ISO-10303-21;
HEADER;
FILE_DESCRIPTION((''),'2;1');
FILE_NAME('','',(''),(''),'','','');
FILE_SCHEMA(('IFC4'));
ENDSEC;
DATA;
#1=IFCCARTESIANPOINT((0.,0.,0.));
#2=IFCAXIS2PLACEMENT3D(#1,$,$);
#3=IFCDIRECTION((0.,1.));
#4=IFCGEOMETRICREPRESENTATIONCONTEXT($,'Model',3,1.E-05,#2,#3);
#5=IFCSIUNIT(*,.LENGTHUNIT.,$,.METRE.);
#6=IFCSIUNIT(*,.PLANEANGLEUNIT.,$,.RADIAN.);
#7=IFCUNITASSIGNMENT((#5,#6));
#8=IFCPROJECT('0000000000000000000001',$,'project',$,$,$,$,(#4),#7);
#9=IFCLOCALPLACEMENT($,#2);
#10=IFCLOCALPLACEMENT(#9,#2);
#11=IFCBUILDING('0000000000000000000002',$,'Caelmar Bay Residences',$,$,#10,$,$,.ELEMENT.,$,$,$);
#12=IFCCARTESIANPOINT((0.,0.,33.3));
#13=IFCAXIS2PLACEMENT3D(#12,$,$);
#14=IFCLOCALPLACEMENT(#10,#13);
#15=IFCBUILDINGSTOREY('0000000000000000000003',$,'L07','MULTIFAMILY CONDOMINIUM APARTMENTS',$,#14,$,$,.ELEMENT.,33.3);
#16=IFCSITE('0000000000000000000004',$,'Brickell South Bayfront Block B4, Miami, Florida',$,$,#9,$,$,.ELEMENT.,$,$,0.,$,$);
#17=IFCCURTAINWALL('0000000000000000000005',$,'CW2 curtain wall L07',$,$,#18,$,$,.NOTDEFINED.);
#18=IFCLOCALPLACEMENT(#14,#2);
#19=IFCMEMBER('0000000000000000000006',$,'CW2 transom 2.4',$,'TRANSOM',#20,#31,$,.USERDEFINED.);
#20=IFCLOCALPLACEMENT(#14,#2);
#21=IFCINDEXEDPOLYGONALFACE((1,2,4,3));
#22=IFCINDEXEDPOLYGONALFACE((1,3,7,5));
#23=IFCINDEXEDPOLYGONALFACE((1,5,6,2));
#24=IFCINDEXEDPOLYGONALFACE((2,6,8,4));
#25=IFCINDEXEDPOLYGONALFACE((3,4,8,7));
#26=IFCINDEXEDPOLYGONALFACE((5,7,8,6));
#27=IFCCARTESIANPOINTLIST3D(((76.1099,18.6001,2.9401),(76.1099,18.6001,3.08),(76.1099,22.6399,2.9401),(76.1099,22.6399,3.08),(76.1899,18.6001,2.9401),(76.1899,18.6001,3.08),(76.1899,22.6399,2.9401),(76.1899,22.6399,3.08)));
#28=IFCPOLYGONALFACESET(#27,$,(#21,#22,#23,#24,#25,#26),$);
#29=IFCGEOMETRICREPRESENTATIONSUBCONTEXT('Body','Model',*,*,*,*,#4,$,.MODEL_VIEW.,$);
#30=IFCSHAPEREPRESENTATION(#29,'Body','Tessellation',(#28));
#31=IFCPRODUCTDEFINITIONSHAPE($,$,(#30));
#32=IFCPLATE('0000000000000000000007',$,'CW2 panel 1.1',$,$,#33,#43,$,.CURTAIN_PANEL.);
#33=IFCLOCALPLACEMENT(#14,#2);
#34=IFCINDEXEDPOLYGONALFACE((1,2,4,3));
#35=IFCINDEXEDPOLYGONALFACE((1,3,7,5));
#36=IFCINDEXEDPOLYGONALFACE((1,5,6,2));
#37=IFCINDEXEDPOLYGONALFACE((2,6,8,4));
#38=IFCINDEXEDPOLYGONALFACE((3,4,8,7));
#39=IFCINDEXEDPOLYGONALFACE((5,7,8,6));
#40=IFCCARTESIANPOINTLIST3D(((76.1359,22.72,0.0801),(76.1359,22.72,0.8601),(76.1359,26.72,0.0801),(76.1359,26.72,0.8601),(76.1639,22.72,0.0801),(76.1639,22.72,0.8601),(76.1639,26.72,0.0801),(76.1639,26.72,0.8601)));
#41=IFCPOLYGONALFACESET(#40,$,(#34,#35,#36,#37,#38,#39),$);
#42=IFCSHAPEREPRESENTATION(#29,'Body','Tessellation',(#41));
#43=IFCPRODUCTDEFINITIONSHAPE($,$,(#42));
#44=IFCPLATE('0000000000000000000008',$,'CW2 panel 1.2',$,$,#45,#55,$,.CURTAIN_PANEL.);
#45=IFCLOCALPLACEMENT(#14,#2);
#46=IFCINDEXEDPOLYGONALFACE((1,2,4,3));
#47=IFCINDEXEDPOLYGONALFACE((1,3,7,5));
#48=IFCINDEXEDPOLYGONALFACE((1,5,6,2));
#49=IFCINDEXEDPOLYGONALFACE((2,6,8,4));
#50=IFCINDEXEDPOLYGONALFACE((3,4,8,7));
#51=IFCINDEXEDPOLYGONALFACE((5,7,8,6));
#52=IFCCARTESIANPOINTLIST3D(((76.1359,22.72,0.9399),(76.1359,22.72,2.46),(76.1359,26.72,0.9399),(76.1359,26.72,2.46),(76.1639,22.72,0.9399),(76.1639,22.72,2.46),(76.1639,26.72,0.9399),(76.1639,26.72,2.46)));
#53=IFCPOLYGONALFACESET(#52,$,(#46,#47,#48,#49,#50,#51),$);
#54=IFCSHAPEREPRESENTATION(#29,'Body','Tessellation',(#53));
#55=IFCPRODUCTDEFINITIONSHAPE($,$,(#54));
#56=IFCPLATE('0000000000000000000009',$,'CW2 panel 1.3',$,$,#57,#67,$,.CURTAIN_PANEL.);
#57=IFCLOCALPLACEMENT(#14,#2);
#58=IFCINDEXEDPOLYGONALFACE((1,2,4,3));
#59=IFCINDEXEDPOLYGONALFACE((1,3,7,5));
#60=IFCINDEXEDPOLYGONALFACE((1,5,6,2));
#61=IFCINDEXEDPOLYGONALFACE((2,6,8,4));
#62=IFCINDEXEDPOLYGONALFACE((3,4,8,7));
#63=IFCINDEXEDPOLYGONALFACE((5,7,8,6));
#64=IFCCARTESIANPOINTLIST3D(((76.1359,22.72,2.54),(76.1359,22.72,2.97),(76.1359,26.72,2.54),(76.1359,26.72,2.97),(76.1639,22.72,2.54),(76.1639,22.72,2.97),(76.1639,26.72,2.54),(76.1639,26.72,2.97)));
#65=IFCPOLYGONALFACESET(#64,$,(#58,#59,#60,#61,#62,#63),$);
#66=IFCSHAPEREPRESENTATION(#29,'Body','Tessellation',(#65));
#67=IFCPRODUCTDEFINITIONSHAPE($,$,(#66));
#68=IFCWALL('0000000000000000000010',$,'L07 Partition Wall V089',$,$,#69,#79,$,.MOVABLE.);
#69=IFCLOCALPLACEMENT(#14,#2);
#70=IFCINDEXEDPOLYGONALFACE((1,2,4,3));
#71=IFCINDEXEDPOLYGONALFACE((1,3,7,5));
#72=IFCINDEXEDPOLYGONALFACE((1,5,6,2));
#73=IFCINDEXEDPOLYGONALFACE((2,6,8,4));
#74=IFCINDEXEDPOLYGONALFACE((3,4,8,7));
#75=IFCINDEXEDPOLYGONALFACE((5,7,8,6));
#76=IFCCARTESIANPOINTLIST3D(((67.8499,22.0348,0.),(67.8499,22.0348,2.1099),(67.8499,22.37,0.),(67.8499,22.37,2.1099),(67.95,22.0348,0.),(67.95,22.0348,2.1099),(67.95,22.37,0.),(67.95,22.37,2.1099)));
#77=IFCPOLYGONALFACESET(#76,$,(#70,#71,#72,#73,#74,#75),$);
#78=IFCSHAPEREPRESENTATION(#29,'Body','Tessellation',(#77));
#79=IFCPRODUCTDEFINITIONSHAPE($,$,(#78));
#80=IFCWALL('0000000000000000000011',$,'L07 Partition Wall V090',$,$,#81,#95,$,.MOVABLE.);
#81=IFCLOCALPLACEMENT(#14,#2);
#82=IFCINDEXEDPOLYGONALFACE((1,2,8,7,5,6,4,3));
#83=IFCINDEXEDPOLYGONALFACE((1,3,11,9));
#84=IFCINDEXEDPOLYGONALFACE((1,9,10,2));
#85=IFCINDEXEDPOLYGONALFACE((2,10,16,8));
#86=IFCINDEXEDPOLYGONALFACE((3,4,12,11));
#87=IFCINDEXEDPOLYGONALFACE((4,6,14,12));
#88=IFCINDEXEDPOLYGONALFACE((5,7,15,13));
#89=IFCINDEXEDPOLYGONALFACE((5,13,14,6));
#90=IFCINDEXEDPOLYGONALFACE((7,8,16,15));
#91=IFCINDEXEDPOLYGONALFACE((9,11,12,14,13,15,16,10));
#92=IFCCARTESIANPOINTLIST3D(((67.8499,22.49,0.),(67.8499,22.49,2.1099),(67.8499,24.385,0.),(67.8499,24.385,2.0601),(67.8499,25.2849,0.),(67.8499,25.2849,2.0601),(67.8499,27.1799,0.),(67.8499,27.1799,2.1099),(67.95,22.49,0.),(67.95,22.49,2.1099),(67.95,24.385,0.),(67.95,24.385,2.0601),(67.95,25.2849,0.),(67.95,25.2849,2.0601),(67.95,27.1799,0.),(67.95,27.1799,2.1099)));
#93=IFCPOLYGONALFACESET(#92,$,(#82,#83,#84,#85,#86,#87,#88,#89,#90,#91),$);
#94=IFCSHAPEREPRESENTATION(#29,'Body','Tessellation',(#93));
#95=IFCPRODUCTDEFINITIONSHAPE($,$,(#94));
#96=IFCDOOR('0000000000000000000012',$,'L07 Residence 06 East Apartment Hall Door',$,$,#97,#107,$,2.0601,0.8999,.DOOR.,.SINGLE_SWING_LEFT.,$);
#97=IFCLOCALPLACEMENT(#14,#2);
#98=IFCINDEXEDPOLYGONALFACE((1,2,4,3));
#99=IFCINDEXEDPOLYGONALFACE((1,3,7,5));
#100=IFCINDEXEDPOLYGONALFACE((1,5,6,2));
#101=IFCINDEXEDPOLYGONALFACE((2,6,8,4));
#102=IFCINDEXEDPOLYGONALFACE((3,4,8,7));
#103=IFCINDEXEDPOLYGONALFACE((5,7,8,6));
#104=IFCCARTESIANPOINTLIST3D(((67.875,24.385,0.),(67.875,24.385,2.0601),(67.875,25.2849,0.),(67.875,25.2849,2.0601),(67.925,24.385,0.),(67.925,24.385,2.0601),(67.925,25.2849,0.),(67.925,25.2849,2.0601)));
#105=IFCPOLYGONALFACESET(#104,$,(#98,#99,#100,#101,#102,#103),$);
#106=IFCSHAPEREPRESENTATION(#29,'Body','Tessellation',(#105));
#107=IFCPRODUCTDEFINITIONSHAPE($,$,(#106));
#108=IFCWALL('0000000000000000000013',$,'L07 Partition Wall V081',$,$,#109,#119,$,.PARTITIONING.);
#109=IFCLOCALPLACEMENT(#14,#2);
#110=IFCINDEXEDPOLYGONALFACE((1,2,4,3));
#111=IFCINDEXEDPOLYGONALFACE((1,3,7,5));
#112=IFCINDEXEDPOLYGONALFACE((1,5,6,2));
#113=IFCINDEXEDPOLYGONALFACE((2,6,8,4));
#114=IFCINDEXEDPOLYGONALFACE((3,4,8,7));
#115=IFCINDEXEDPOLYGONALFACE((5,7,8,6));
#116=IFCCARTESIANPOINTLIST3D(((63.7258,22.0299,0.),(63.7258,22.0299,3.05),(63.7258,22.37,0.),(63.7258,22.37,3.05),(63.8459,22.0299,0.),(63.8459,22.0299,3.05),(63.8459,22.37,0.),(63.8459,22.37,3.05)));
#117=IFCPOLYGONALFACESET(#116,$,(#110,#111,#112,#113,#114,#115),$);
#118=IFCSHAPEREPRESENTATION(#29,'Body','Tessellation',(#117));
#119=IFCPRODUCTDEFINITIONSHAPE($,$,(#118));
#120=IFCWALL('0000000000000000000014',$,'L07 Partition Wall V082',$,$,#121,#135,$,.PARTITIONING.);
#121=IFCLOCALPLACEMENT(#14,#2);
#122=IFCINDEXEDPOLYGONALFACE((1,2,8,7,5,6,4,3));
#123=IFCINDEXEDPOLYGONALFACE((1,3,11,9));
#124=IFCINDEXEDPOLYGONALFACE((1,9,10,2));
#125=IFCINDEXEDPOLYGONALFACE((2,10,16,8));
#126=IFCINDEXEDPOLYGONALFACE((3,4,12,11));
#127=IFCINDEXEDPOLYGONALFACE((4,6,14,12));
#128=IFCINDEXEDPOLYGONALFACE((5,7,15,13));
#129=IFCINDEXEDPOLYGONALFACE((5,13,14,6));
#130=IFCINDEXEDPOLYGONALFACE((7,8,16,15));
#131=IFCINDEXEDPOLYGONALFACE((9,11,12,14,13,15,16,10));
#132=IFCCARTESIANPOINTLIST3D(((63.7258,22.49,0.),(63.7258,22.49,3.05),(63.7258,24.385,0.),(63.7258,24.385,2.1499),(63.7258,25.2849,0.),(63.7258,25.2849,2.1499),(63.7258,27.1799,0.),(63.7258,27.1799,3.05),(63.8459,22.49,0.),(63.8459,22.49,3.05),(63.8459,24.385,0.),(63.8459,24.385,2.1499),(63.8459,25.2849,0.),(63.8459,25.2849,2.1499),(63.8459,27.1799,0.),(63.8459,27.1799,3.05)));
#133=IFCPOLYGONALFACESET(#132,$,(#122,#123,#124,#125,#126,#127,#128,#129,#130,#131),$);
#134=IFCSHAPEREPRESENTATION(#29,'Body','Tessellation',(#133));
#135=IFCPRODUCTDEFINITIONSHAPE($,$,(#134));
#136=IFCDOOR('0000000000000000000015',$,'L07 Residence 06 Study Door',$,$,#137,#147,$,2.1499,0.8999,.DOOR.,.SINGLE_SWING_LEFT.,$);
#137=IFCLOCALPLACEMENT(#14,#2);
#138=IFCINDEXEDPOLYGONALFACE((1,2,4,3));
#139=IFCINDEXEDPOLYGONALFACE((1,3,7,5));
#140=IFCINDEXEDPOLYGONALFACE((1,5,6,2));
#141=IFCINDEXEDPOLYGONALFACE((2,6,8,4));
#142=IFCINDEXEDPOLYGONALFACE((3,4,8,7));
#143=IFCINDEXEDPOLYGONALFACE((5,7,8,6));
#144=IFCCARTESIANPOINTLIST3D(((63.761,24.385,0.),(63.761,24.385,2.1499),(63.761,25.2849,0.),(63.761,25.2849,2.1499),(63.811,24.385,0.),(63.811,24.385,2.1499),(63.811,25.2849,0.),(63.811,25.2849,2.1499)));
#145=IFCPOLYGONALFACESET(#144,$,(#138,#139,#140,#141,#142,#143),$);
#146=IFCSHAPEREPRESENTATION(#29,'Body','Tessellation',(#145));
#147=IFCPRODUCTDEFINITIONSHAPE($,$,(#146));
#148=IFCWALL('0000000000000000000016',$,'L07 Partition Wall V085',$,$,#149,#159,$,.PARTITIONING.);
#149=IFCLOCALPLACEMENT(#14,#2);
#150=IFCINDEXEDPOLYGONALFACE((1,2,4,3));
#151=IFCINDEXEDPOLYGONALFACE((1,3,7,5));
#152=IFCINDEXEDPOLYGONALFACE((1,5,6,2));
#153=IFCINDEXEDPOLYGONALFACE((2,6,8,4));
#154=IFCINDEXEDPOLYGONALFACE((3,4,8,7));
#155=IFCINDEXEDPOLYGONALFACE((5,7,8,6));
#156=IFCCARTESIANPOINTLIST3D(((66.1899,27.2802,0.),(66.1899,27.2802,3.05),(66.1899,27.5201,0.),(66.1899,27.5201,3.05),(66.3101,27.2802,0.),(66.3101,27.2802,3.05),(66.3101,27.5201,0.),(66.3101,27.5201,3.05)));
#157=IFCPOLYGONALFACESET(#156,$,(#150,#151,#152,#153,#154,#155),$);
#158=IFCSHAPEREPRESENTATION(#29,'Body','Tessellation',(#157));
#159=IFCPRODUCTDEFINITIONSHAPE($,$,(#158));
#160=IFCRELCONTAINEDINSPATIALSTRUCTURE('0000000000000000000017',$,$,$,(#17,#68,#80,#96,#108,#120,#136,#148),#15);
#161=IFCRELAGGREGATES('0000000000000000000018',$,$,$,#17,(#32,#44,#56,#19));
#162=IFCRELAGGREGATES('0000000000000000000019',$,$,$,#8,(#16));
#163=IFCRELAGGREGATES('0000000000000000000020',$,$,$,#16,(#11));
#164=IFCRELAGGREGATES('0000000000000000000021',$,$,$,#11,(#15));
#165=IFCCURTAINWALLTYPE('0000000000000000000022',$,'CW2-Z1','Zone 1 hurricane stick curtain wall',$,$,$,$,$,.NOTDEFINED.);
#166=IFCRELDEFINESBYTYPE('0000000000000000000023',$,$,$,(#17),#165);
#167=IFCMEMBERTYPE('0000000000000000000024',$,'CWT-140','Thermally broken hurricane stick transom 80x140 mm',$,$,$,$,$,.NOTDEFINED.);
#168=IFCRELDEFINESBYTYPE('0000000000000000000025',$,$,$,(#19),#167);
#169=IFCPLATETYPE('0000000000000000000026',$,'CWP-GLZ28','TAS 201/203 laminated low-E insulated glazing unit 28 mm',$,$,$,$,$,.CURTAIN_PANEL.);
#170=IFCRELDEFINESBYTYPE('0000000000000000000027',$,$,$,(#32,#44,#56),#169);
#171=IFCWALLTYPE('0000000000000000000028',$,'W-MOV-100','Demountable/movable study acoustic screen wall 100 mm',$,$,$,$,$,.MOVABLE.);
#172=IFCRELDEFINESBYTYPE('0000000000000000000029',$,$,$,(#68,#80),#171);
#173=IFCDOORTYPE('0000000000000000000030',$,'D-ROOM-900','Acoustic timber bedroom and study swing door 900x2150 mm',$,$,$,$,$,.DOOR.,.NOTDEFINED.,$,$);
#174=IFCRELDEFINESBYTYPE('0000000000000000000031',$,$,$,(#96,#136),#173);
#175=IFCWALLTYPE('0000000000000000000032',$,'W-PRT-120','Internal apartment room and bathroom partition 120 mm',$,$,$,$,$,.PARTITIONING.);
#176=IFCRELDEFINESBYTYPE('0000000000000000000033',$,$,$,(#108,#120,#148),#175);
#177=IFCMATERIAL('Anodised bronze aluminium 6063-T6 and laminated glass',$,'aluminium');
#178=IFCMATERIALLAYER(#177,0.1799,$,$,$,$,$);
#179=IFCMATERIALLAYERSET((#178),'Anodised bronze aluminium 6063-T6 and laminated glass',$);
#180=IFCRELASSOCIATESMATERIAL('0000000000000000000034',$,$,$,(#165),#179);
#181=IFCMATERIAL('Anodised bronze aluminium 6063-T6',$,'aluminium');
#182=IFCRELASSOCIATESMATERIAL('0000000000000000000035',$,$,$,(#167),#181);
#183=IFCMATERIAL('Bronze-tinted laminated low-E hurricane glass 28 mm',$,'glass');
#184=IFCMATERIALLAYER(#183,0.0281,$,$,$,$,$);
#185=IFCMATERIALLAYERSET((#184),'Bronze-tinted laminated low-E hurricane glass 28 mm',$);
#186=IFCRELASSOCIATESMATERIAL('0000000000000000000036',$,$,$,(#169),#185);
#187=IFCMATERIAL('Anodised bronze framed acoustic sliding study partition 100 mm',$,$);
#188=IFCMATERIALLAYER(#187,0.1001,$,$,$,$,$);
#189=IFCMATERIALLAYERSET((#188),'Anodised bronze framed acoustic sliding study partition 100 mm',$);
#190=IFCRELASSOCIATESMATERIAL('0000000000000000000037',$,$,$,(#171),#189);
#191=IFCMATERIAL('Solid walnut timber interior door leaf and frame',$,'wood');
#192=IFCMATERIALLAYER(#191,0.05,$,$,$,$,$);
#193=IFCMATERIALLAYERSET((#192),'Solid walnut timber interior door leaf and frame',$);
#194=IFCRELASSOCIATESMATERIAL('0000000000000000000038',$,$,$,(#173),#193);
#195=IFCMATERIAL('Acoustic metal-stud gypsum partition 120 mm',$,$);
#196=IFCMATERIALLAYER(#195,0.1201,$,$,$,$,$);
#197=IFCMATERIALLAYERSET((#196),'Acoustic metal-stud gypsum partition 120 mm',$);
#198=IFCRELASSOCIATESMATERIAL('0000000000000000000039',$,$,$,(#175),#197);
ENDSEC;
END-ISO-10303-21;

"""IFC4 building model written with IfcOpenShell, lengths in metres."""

from ifc_helpers import new_model, si_unit, direction, frame, frame_2d, origin, origin_2d, place, context, subcontext, project, spatial, rectangle, extrude, material, layer, layer_set, material_profile, profile_set, type_object, element, fill, aggregate, save


model = new_model("IFC4")

# Units and contexts
model_context = context("Model", 3, precision=1e-05, world=origin(), true_north=direction((0.0, 1.0)))
body_context = subcontext(model_context, "Body", "Model", "MODEL_VIEW")
ifc_project = project(units=[si_unit("LENGTHUNIT", "METRE"), si_unit("PLANEANGLEUNIT", "RADIAN")], contexts=[model_context])

# Site, building, storey
site_placement = place(None, origin())
site = spatial("IfcSite", under=ifc_project, at=site_placement, Name="Brickell South Bayfront Block B4, Miami, Florida", CompositionType="ELEMENT", RefElevation=0.0)
building_placement = place(site_placement, origin())
building = spatial("IfcBuilding", under=site, at=building_placement, Name="Caelmar Bay Residences", CompositionType="ELEMENT")
storey_placement = place(building_placement, frame((0.0, 0.0, 33.3)))
storey = spatial("IfcBuildingStorey", under=building, at=storey_placement, Name="L07", Description="MULTIFAMILY CONDOMINIUM APARTMENTS", CompositionType="ELEMENT", Elevation=33.3)

# Curtain wall, member, plates
ifc_material_1 = material(Name="Anodised bronze aluminium 6063-T6 and laminated glass", Category="aluminium")
ifc_layer_1 = layer(ifc_material_1, 0.1799)
ifc_layer_set_1 = layer_set([ifc_layer_1], Name="Anodised bronze aluminium 6063-T6 and laminated glass")
curtain_wall_type = type_object("IfcCurtainWallType", Name="CW2-Z1", Description="Zone 1 hurricane stick curtain wall", PredefinedType="NOTDEFINED", material=ifc_layer_set_1)
curtain_wall_placement = place(storey_placement, origin())
curtain_wall = element("IfcCurtainWall", 1, at=curtain_wall_placement, inside=storey, type_object=curtain_wall_type, Name="CW2 curtain wall L07", PredefinedType="NOTDEFINED")
ifc_material_2 = material(Name="Anodised bronze aluminium 6063-T6", Category="aluminium")
ifc_material_profile_1 = material_profile(ifc_material_2, rectangle(XDim=0.0801, YDim=0.1399, at=origin_2d()), Name="CWT-80X140")
ifc_profile_set_1 = profile_set([ifc_material_profile_1], Name="Anodised bronze aluminium 6063-T6")
member_type_1 = type_object("IfcMemberType", Name="CWT-140", Description="Thermally broken hurricane stick transom 80x140 mm", PredefinedType="NOTDEFINED", material=ifc_profile_set_1)
member_1_placement = place(storey_placement, frame((76.1499, 22.6399, 3.01), z_axis=(0.0, -1.0, 0.0), x_axis=(1.0, 0.0, 0.0)))
member_1 = element("IfcMember", 2, at=member_1_placement, type_object=member_type_1, Name="CW2 transom 2.4", ObjectType="TRANSOM", PredefinedType="USERDEFINED", context=body_context, shape_type="SweptSolid", body=[
    extrude(rectangle(XDim=0.0801, YDim=0.1399, at=origin_2d()), origin(), (0.0, 0.0, 1.0), 4.0398),
])
ifc_material_3 = material(Name="Bronze-tinted laminated low-E hurricane glass 28 mm", Category="glass")
ifc_layer_2 = layer(ifc_material_3, 0.0281)
ifc_layer_set_2 = layer_set([ifc_layer_2], Name="Bronze-tinted laminated low-E hurricane glass 28 mm")
plate_type = type_object("IfcPlateType", Name="CWP-GLZ28", Description="TAS 201/203 laminated low-E insulated glazing unit 28 mm", PredefinedType="CURTAIN_PANEL", material=ifc_layer_set_2)
plate_1_placement = place(storey_placement, frame((76.1499, 24.72, 0.0801), z_axis=(0.0, 0.0, 1.0), x_axis=(0.0, -1.0, 0.0)))
plate_1 = element("IfcPlate", 3, at=plate_1_placement, type_object=plate_type, Name="CW2 panel 1.1", PredefinedType="CURTAIN_PANEL", context=body_context, shape_type="SweptSolid", body=[
    extrude(rectangle(XDim=4.0, YDim=0.0281, at=origin_2d()), origin(), (0.0, 0.0, 1.0), 0.78),
])
plate_2_placement = place(storey_placement, frame((76.1499, 24.72, 0.9399), z_axis=(0.0, 0.0, 1.0), x_axis=(0.0, -1.0, 0.0)))
plate_2 = element("IfcPlate", 4, at=plate_2_placement, type_object=plate_type, Name="CW2 panel 1.2", PredefinedType="CURTAIN_PANEL", context=body_context, shape_type="SweptSolid", body=[
    extrude(rectangle(XDim=4.0, YDim=0.0281, at=origin_2d()), origin(), (0.0, 0.0, 1.0), 1.52),
])
plate_3_placement = place(storey_placement, frame((76.1499, 24.72, 2.54), z_axis=(0.0, 0.0, 1.0), x_axis=(0.0, -1.0, 0.0)))
plate_3 = element("IfcPlate", 5, at=plate_3_placement, type_object=plate_type, Name="CW2 panel 1.3", PredefinedType="CURTAIN_PANEL", context=body_context, shape_type="SweptSolid", body=[
    extrude(rectangle(XDim=4.0, YDim=0.0281, at=origin_2d()), origin(), (0.0, 0.0, 1.0), 0.4299),
])
aggregate(curtain_wall, [plate_1, plate_2, plate_3, member_1])

# Wall
ifc_material_4 = material(Name="Anodised bronze framed acoustic sliding study partition 100 mm")
ifc_layer_3 = layer(ifc_material_4, 0.1001)
ifc_layer_set_3 = layer_set([ifc_layer_3], Name="Anodised bronze framed acoustic sliding study partition 100 mm")
wall_type_1 = type_object("IfcWallType", Name="W-MOV-100", Description="Demountable/movable study acoustic screen wall 100 mm", PredefinedType="MOVABLE", material=ifc_layer_set_3)
wall_1_placement = place(storey_placement, frame((67.8999, 22.0349, 0.0), z_axis=(0.0, 0.0, 1.0), x_axis=(0.0, 1.0, 0.0)))
element("IfcWall", 6, at=wall_1_placement, inside=storey, type_object=wall_type_1, Name="L07 Partition Wall V089", PredefinedType="MOVABLE", context=body_context, shape_type="SweptSolid", body=[
    extrude(rectangle(XDim=0.3352, YDim=0.1001, at=frame_2d((0.1675, 0.0))), origin(), (0.0, 0.0, 1.0), 2.1099),
])

# Wall, opening, door
wall_2_placement = place(storey_placement, frame((67.8999, 22.49, 0.0), z_axis=(0.0, 0.0, 1.0), x_axis=(0.0, 1.0, 0.0)))
wall_2 = element("IfcWall", 7, at=wall_2_placement, inside=storey, type_object=wall_type_1, Name="L07 Partition Wall V090", PredefinedType="MOVABLE", context=body_context, shape_type="SweptSolid", body=[
    extrude(rectangle(XDim=4.6899, YDim=0.1001, at=frame_2d((2.345, 0.0))), origin(), (0.0, 0.0, 1.0), 2.1099),
])
opening_1_placement = place(wall_2_placement, frame((1.895, 0.0, 0.0)))
opening_1 = element("IfcOpeningElement", 8, at=opening_1_placement, cuts=wall_2, PredefinedType="OPENING", context=body_context, shape_type="SweptSolid", body=[
    extrude(rectangle(XDim=0.8999, YDim=2.0601, at=frame_2d((0.45, 1.03))), frame((0.0, 0.0601, 0.0), z_axis=(0.0, -1.0, 0.0), x_axis=(1.0, 0.0, 0.0)), (0.0, 0.0, 1.0), 0.1201),
])
ifc_material_5 = material(Name="Solid walnut timber interior door leaf and frame", Category="wood")
ifc_layer_4 = layer(ifc_material_5, 0.05)
ifc_layer_set_4 = layer_set([ifc_layer_4], Name="Solid walnut timber interior door leaf and frame")
door_type_1 = type_object("IfcDoorType", Name="D-ROOM-900", Description="Acoustic timber bedroom and study swing door 900x2150 mm", OperationType="NOTDEFINED", PredefinedType="DOOR", material=ifc_layer_set_4)
door_1_placement = place(opening_1_placement, origin())
door_1 = element("IfcDoor", 9, at=door_1_placement, inside=storey, type_object=door_type_1, Name="L07 Residence 06 East Apartment Hall Door", OperationType="SINGLE_SWING_LEFT", OverallHeight=2.0601, OverallWidth=0.8999, PredefinedType="DOOR", context=body_context, shape_type="SweptSolid", body=[
    extrude(rectangle(XDim=0.8999, YDim=2.0601, at=frame_2d((0.45, 1.03))), frame((0.0, 0.0249, 0.0), z_axis=(0.0, -1.0, 0.0), x_axis=(1.0, 0.0, 0.0)), (0.0, 0.0, 1.0), 0.05),
])
fill(opening_1, door_1)

# Wall
ifc_material_6 = material(Name="Acoustic metal-stud gypsum partition 120 mm")
ifc_layer_5 = layer(ifc_material_6, 0.1201)
ifc_layer_set_5 = layer_set([ifc_layer_5], Name="Acoustic metal-stud gypsum partition 120 mm")
wall_type_2 = type_object("IfcWallType", Name="W-PRT-120", Description="Internal apartment room and bathroom partition 120 mm", PredefinedType="PARTITIONING", material=ifc_layer_set_5)
wall_3_placement = place(storey_placement, frame((63.7859, 22.03, 0.0), z_axis=(0.0, 0.0, 1.0), x_axis=(0.0, 1.0, 0.0)))
element("IfcWall", 10, at=wall_3_placement, inside=storey, type_object=wall_type_2, Name="L07 Partition Wall V081", PredefinedType="PARTITIONING", context=body_context, shape_type="SweptSolid", body=[
    extrude(rectangle(XDim=0.3401, YDim=0.1201, at=frame_2d((0.1699, 0.0))), origin(), (0.0, 0.0, 1.0), 3.05),
])

# Wall, opening, door
wall_4_placement = place(storey_placement, frame((63.7859, 22.49, 0.0), z_axis=(0.0, 0.0, 1.0), x_axis=(0.0, 1.0, 0.0)))
wall_4 = element("IfcWall", 11, at=wall_4_placement, inside=storey, type_object=wall_type_2, Name="L07 Partition Wall V082", PredefinedType="PARTITIONING", context=body_context, shape_type="SweptSolid", body=[
    extrude(rectangle(XDim=4.6899, YDim=0.1201, at=frame_2d((2.345, 0.0))), origin(), (0.0, 0.0, 1.0), 3.05),
])
opening_2_placement = place(wall_4_placement, frame((1.895, 0.0, 0.0)))
opening_2 = element("IfcOpeningElement", 12, at=opening_2_placement, cuts=wall_4, PredefinedType="OPENING", context=body_context, shape_type="SweptSolid", body=[
    extrude(rectangle(XDim=0.8999, YDim=2.1499, at=frame_2d((0.45, 1.075))), frame((0.0, 0.0701, 0.0), z_axis=(0.0, -1.0, 0.0), x_axis=(1.0, 0.0, 0.0)), (0.0, 0.0, 1.0), 0.1401),
])
door_2_placement = place(opening_2_placement, origin())
door_2 = element("IfcDoor", 13, at=door_2_placement, inside=storey, type_object=door_type_1, Name="L07 Residence 06 Study Door", OperationType="SINGLE_SWING_LEFT", OverallHeight=2.1499, OverallWidth=0.8999, PredefinedType="DOOR", context=body_context, shape_type="SweptSolid", body=[
    extrude(rectangle(XDim=0.8999, YDim=2.1499, at=frame_2d((0.45, 1.075))), frame((0.0, 0.0249, 0.0), z_axis=(0.0, -1.0, 0.0), x_axis=(1.0, 0.0, 0.0)), (0.0, 0.0, 1.0), 0.05),
])
fill(opening_2, door_2)

# Wall
wall_5_placement = place(storey_placement, frame((66.25, 27.28, 0.0), z_axis=(0.0, 0.0, 1.0), x_axis=(0.0, 1.0, 0.0)))
element("IfcWall", 14, at=wall_5_placement, inside=storey, type_object=wall_type_2, Name="L07 Partition Wall V085", PredefinedType="PARTITIONING", context=body_context, shape_type="SweptSolid", body=[
    extrude(rectangle(XDim=0.24, YDim=0.1201, at=frame_2d((0.1201, 0.0))), origin(), (0.0, 0.0, 1.0), 3.05),
])

save(model, "model.ifc")
